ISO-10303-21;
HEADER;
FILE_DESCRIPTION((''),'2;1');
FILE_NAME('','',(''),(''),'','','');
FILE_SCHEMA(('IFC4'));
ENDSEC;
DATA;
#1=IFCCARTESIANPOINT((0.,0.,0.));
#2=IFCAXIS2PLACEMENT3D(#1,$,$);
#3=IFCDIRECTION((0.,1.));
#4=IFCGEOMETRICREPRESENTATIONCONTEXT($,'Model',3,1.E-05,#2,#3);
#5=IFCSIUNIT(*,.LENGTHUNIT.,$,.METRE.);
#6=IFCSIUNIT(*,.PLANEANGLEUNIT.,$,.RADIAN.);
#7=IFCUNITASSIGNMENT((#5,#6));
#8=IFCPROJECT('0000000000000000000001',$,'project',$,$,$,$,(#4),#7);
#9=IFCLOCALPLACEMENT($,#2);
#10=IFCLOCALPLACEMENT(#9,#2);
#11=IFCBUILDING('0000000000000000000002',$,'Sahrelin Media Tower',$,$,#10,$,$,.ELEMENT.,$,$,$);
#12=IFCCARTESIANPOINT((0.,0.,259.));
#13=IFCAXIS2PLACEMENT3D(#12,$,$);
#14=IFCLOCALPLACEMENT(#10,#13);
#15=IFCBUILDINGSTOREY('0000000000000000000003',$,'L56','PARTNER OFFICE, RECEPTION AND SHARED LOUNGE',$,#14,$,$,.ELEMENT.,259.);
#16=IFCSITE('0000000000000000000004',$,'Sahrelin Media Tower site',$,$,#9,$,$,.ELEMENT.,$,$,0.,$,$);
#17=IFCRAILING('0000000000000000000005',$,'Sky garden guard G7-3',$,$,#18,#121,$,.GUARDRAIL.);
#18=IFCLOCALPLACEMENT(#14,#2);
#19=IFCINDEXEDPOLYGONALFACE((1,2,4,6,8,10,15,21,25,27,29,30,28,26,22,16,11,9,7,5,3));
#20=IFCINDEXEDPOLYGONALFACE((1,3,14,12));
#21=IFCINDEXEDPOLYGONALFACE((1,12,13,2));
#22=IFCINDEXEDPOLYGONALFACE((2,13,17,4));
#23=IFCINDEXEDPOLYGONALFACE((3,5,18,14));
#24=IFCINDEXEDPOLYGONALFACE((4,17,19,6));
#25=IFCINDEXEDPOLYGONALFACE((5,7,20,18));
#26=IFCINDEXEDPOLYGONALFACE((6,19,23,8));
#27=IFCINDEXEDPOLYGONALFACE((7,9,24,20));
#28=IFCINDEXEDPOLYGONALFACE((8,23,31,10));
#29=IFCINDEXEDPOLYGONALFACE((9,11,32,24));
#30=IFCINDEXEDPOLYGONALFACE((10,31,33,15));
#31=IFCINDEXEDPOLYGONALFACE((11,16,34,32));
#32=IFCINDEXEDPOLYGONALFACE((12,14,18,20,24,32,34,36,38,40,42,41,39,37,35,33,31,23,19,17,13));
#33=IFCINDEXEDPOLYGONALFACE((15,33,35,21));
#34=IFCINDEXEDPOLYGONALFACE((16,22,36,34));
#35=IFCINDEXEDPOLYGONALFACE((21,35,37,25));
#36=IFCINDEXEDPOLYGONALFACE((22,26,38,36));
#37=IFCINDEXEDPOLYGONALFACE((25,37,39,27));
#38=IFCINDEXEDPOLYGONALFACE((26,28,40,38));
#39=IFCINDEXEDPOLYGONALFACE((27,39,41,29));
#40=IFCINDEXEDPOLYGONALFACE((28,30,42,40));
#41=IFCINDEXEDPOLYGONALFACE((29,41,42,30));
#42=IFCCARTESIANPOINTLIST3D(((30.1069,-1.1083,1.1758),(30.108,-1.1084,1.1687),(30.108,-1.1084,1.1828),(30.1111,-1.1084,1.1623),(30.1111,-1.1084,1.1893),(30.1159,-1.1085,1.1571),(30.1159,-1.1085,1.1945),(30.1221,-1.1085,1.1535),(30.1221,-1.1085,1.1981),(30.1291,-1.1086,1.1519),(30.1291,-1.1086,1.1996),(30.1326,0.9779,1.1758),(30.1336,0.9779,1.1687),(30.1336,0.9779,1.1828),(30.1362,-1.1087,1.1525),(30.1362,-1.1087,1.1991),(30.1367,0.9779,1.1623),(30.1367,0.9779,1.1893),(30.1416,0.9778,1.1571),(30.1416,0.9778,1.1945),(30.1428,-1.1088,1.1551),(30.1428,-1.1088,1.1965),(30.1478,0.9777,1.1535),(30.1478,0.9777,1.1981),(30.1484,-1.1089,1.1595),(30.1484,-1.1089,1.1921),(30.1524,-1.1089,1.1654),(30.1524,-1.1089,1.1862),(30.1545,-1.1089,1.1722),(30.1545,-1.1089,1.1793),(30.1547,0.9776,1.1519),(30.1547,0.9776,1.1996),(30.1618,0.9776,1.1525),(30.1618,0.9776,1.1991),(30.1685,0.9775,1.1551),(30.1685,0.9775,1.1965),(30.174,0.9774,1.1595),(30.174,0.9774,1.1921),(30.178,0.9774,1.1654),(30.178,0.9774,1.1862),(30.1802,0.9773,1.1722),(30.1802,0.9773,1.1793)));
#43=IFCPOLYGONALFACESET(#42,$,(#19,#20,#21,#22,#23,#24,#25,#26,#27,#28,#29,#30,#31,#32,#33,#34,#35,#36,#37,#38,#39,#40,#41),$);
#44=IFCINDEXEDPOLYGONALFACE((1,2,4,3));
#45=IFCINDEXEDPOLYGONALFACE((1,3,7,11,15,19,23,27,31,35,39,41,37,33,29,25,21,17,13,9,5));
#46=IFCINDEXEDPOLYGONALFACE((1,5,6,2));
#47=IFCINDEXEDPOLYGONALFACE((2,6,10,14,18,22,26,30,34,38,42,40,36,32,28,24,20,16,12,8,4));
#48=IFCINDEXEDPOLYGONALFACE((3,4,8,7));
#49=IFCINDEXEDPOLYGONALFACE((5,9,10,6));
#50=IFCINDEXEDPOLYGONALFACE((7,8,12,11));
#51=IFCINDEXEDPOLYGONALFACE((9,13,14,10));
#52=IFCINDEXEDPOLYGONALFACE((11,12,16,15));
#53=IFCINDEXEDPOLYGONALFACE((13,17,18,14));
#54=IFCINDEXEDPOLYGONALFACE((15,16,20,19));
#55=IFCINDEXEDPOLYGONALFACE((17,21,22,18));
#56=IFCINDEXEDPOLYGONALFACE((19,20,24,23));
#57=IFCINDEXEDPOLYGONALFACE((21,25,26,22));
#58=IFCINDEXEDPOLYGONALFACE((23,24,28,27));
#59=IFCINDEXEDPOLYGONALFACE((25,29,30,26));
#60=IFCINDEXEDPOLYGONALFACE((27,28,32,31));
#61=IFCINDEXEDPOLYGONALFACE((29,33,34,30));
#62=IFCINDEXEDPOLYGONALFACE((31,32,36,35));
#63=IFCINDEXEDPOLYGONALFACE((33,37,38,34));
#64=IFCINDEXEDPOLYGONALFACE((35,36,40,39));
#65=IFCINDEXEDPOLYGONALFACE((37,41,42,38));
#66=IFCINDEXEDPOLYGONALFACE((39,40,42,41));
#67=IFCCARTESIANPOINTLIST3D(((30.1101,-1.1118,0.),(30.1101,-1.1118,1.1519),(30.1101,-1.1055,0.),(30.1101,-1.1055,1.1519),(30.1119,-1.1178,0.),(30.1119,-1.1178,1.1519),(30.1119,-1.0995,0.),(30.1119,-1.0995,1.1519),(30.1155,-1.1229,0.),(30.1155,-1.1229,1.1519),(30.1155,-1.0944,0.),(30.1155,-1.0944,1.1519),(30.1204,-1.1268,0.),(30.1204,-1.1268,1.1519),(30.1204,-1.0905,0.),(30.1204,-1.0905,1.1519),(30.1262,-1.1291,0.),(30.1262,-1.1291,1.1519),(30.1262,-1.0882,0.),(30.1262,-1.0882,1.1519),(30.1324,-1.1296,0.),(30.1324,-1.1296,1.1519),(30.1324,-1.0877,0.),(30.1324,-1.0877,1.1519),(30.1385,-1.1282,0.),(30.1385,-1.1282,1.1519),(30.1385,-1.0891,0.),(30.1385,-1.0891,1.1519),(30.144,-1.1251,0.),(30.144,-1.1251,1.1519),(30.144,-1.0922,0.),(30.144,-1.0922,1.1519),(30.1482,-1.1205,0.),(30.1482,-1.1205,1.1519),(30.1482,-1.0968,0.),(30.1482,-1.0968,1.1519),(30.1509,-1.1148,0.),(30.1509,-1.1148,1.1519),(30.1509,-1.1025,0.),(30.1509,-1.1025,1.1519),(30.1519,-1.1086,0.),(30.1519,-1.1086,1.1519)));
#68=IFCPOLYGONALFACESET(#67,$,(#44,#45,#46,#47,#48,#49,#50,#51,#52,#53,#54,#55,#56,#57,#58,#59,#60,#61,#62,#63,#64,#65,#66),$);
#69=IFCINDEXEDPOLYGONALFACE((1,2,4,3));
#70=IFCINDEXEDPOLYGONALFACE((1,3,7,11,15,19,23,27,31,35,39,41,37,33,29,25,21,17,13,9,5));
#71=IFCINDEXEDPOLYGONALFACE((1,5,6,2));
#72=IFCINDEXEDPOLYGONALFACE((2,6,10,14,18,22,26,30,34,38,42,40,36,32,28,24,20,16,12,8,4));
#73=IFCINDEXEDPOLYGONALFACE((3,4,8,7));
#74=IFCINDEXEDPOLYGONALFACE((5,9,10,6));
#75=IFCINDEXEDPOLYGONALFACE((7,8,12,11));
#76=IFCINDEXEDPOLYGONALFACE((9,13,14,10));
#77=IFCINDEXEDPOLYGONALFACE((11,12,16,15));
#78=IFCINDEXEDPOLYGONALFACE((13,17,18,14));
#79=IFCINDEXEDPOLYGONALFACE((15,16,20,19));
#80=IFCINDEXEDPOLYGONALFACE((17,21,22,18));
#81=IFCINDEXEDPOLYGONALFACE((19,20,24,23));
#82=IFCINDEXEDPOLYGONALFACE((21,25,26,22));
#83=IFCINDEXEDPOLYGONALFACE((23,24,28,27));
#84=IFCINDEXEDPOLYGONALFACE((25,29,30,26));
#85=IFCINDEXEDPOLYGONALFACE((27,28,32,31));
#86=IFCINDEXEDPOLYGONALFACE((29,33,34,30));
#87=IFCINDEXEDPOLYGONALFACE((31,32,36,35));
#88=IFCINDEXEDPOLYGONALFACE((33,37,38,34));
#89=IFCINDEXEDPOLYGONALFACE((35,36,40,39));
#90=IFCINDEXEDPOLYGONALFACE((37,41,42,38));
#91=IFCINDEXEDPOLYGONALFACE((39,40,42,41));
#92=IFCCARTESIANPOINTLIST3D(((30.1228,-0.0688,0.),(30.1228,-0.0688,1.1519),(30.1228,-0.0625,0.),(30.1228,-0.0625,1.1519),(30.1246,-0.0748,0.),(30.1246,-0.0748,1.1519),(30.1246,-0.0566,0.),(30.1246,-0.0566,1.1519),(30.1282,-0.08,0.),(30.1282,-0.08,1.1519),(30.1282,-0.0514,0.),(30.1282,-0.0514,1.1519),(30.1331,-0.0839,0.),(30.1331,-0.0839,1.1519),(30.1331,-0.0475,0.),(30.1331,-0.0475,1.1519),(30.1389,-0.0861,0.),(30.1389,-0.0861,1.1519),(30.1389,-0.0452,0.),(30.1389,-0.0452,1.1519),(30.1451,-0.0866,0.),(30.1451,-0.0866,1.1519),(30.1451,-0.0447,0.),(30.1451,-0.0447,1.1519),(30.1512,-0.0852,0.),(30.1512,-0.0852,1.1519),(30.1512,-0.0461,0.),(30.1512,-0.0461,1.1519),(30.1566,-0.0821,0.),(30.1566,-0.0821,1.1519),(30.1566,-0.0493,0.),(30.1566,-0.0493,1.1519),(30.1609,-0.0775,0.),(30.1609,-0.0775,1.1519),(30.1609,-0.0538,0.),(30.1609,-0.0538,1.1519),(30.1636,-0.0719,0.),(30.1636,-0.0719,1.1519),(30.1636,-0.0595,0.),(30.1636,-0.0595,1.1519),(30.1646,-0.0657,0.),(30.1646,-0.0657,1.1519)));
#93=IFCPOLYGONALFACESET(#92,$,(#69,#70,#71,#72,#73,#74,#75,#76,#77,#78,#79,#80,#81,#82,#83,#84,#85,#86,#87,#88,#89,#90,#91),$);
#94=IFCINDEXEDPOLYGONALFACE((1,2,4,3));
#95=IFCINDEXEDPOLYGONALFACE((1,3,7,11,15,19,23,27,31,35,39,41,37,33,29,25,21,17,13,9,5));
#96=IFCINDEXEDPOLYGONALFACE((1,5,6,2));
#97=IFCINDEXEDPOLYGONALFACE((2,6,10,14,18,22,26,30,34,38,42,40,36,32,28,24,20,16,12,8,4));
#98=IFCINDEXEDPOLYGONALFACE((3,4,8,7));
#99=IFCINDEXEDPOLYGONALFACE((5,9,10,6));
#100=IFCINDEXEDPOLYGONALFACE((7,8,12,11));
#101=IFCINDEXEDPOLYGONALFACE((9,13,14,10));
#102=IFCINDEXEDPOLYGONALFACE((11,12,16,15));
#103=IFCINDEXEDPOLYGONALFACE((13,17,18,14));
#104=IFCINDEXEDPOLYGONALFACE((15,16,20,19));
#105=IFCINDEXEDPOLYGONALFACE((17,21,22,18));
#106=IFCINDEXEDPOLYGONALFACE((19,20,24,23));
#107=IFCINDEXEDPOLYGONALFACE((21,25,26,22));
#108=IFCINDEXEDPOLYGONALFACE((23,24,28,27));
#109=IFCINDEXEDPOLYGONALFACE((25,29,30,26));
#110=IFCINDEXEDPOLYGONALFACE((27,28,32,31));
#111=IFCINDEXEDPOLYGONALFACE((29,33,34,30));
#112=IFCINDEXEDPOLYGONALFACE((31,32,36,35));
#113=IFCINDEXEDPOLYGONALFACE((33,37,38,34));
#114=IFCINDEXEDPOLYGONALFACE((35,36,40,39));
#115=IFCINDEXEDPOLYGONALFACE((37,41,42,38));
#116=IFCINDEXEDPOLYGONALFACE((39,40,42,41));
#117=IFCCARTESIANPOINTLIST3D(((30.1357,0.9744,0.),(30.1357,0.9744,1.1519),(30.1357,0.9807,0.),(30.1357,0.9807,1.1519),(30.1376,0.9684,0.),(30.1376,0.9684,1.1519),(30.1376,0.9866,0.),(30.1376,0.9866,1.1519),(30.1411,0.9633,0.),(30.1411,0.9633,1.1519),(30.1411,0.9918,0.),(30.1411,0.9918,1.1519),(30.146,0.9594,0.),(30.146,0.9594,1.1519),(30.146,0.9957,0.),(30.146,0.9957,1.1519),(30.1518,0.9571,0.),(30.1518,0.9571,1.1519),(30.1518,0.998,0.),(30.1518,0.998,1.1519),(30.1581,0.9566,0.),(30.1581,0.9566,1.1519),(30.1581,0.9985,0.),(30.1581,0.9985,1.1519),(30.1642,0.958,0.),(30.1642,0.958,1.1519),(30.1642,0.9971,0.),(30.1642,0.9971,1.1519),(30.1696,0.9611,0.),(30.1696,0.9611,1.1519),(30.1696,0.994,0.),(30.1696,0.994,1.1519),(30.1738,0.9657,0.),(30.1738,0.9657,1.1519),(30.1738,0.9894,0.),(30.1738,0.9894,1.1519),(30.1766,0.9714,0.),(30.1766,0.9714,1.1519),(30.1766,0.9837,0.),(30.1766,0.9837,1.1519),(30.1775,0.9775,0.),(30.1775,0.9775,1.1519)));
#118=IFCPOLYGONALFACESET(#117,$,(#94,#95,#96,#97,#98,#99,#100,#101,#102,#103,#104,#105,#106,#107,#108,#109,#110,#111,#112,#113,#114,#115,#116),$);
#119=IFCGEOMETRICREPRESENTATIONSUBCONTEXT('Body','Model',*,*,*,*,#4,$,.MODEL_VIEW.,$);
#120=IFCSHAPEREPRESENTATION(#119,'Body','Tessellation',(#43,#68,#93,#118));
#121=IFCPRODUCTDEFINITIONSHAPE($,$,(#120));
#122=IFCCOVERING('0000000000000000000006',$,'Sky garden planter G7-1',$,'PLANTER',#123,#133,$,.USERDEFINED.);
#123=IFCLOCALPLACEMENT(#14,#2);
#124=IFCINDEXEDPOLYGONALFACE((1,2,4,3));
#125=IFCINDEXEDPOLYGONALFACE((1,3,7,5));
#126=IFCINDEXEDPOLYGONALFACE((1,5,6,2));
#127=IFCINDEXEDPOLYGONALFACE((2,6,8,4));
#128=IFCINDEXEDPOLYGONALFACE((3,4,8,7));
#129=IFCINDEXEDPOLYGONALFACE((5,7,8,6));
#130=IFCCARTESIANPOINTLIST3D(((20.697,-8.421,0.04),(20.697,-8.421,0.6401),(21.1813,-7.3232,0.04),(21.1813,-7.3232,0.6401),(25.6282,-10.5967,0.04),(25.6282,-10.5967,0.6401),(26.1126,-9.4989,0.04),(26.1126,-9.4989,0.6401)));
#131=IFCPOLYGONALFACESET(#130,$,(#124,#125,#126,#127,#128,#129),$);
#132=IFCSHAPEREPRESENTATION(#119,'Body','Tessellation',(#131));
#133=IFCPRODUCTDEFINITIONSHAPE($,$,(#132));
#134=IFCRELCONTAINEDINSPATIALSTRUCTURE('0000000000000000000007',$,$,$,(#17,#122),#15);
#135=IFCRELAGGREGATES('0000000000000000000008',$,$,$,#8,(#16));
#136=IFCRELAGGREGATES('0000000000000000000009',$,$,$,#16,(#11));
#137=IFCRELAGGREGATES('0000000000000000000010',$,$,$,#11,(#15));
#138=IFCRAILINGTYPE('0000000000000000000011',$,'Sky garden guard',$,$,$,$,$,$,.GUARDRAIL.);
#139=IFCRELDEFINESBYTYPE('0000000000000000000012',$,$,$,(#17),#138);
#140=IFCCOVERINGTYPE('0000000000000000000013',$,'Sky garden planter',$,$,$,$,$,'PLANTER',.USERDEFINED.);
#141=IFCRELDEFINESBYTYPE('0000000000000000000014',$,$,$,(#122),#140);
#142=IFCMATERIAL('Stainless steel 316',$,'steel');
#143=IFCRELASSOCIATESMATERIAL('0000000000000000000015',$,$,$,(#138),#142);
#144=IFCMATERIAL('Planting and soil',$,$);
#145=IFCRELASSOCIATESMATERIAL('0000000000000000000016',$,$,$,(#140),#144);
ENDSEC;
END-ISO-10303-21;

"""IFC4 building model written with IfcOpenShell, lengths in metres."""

from ifc_helpers import new_model, si_unit, direction, frame, origin, origin_2d, place, context, subcontext, project, spatial, rectangle, circle, extrude, material, type_object, element, save


model = new_model("IFC4")

# Units and contexts
model_context = context("Model", 3, precision=1e-05, world=origin(), true_north=direction((0.0, 1.0)))
body_context = subcontext(model_context, "Body", "Model", "MODEL_VIEW")
ifc_project = project(units=[si_unit("LENGTHUNIT", "METRE"), si_unit("PLANEANGLEUNIT", "RADIAN")], contexts=[model_context])

# Site, building, storey
site_placement = place(None, origin())
site = spatial("IfcSite", under=ifc_project, at=site_placement, Name="Sahrelin Media Tower site", CompositionType="ELEMENT", RefElevation=0.0)
building_placement = place(site_placement, origin())
building = spatial("IfcBuilding", under=site, at=building_placement, Name="Sahrelin Media Tower", CompositionType="ELEMENT")
storey_placement = place(building_placement, frame((0.0, 0.0, 259.0)))
storey = spatial("IfcBuildingStorey", under=building, at=storey_placement, Name="L56", Description="PARTNER OFFICE, RECEPTION AND SHARED LOUNGE", CompositionType="ELEMENT", Elevation=259.0)

# Railing
ifc_material_1 = material(Name="Stainless steel 316", Category="steel")
railing_type = type_object("IfcRailingType", Name="Sky garden guard", PredefinedType="GUARDRAIL", material=ifc_material_1)
railing_1_placement = place(storey_placement, frame((30.1309, -1.1086, 0.0)))
element("IfcRailing", 1, at=railing_1_placement, inside=storey, type_object=railing_type, Name="Sky garden guard G7-3", PredefinedType="GUARDRAIL", context=body_context, shape_type="SweptSolid", body=[
    extrude(circle(Radius=0.0239, at=origin_2d()), frame((0.0, 0.0, 1.1758), z_axis=(0.012287, 0.999925, 0.0), x_axis=(-0.999925, 0.012287, 0.0)), (0.0, 0.0, 1.0), 2.0864),
    extrude(circle(Radius=0.021, at=origin_2d()), origin(), (0.0, 0.0, 1.0), 1.1519),
    extrude(circle(Radius=0.021, at=origin_2d()), frame((0.0127, 1.043, 0.0)), (0.0, 0.0, 1.0), 1.1519),
    extrude(circle(Radius=0.021, at=origin_2d()), frame((0.0256, 2.0862, 0.0)), (0.0, 0.0, 1.0), 1.1519),
])

# Covering
ifc_material_2 = material(Name="Planting and soil")
covering_type = type_object("IfcCoveringType", Name="Sky garden planter", ElementType="PLANTER", PredefinedType="USERDEFINED", material=ifc_material_2)
covering_placement = place(storey_placement, frame((23.4048, -8.96, 0.04), z_axis=(0.0, 0.0, 1.0), x_axis=(-0.914908, 0.403663, 0.0)))
element("IfcCovering", 2, at=covering_placement, inside=storey, type_object=covering_type, Name="Sky garden planter G7-1", ObjectType="PLANTER", PredefinedType="USERDEFINED", context=body_context, shape_type="SweptSolid", body=[
    extrude(rectangle(XDim=5.3899, YDim=1.2, at=origin_2d()), origin(), (0.0, 0.0, 1.0), 0.6001),
])

save(model, "model.ifc")
